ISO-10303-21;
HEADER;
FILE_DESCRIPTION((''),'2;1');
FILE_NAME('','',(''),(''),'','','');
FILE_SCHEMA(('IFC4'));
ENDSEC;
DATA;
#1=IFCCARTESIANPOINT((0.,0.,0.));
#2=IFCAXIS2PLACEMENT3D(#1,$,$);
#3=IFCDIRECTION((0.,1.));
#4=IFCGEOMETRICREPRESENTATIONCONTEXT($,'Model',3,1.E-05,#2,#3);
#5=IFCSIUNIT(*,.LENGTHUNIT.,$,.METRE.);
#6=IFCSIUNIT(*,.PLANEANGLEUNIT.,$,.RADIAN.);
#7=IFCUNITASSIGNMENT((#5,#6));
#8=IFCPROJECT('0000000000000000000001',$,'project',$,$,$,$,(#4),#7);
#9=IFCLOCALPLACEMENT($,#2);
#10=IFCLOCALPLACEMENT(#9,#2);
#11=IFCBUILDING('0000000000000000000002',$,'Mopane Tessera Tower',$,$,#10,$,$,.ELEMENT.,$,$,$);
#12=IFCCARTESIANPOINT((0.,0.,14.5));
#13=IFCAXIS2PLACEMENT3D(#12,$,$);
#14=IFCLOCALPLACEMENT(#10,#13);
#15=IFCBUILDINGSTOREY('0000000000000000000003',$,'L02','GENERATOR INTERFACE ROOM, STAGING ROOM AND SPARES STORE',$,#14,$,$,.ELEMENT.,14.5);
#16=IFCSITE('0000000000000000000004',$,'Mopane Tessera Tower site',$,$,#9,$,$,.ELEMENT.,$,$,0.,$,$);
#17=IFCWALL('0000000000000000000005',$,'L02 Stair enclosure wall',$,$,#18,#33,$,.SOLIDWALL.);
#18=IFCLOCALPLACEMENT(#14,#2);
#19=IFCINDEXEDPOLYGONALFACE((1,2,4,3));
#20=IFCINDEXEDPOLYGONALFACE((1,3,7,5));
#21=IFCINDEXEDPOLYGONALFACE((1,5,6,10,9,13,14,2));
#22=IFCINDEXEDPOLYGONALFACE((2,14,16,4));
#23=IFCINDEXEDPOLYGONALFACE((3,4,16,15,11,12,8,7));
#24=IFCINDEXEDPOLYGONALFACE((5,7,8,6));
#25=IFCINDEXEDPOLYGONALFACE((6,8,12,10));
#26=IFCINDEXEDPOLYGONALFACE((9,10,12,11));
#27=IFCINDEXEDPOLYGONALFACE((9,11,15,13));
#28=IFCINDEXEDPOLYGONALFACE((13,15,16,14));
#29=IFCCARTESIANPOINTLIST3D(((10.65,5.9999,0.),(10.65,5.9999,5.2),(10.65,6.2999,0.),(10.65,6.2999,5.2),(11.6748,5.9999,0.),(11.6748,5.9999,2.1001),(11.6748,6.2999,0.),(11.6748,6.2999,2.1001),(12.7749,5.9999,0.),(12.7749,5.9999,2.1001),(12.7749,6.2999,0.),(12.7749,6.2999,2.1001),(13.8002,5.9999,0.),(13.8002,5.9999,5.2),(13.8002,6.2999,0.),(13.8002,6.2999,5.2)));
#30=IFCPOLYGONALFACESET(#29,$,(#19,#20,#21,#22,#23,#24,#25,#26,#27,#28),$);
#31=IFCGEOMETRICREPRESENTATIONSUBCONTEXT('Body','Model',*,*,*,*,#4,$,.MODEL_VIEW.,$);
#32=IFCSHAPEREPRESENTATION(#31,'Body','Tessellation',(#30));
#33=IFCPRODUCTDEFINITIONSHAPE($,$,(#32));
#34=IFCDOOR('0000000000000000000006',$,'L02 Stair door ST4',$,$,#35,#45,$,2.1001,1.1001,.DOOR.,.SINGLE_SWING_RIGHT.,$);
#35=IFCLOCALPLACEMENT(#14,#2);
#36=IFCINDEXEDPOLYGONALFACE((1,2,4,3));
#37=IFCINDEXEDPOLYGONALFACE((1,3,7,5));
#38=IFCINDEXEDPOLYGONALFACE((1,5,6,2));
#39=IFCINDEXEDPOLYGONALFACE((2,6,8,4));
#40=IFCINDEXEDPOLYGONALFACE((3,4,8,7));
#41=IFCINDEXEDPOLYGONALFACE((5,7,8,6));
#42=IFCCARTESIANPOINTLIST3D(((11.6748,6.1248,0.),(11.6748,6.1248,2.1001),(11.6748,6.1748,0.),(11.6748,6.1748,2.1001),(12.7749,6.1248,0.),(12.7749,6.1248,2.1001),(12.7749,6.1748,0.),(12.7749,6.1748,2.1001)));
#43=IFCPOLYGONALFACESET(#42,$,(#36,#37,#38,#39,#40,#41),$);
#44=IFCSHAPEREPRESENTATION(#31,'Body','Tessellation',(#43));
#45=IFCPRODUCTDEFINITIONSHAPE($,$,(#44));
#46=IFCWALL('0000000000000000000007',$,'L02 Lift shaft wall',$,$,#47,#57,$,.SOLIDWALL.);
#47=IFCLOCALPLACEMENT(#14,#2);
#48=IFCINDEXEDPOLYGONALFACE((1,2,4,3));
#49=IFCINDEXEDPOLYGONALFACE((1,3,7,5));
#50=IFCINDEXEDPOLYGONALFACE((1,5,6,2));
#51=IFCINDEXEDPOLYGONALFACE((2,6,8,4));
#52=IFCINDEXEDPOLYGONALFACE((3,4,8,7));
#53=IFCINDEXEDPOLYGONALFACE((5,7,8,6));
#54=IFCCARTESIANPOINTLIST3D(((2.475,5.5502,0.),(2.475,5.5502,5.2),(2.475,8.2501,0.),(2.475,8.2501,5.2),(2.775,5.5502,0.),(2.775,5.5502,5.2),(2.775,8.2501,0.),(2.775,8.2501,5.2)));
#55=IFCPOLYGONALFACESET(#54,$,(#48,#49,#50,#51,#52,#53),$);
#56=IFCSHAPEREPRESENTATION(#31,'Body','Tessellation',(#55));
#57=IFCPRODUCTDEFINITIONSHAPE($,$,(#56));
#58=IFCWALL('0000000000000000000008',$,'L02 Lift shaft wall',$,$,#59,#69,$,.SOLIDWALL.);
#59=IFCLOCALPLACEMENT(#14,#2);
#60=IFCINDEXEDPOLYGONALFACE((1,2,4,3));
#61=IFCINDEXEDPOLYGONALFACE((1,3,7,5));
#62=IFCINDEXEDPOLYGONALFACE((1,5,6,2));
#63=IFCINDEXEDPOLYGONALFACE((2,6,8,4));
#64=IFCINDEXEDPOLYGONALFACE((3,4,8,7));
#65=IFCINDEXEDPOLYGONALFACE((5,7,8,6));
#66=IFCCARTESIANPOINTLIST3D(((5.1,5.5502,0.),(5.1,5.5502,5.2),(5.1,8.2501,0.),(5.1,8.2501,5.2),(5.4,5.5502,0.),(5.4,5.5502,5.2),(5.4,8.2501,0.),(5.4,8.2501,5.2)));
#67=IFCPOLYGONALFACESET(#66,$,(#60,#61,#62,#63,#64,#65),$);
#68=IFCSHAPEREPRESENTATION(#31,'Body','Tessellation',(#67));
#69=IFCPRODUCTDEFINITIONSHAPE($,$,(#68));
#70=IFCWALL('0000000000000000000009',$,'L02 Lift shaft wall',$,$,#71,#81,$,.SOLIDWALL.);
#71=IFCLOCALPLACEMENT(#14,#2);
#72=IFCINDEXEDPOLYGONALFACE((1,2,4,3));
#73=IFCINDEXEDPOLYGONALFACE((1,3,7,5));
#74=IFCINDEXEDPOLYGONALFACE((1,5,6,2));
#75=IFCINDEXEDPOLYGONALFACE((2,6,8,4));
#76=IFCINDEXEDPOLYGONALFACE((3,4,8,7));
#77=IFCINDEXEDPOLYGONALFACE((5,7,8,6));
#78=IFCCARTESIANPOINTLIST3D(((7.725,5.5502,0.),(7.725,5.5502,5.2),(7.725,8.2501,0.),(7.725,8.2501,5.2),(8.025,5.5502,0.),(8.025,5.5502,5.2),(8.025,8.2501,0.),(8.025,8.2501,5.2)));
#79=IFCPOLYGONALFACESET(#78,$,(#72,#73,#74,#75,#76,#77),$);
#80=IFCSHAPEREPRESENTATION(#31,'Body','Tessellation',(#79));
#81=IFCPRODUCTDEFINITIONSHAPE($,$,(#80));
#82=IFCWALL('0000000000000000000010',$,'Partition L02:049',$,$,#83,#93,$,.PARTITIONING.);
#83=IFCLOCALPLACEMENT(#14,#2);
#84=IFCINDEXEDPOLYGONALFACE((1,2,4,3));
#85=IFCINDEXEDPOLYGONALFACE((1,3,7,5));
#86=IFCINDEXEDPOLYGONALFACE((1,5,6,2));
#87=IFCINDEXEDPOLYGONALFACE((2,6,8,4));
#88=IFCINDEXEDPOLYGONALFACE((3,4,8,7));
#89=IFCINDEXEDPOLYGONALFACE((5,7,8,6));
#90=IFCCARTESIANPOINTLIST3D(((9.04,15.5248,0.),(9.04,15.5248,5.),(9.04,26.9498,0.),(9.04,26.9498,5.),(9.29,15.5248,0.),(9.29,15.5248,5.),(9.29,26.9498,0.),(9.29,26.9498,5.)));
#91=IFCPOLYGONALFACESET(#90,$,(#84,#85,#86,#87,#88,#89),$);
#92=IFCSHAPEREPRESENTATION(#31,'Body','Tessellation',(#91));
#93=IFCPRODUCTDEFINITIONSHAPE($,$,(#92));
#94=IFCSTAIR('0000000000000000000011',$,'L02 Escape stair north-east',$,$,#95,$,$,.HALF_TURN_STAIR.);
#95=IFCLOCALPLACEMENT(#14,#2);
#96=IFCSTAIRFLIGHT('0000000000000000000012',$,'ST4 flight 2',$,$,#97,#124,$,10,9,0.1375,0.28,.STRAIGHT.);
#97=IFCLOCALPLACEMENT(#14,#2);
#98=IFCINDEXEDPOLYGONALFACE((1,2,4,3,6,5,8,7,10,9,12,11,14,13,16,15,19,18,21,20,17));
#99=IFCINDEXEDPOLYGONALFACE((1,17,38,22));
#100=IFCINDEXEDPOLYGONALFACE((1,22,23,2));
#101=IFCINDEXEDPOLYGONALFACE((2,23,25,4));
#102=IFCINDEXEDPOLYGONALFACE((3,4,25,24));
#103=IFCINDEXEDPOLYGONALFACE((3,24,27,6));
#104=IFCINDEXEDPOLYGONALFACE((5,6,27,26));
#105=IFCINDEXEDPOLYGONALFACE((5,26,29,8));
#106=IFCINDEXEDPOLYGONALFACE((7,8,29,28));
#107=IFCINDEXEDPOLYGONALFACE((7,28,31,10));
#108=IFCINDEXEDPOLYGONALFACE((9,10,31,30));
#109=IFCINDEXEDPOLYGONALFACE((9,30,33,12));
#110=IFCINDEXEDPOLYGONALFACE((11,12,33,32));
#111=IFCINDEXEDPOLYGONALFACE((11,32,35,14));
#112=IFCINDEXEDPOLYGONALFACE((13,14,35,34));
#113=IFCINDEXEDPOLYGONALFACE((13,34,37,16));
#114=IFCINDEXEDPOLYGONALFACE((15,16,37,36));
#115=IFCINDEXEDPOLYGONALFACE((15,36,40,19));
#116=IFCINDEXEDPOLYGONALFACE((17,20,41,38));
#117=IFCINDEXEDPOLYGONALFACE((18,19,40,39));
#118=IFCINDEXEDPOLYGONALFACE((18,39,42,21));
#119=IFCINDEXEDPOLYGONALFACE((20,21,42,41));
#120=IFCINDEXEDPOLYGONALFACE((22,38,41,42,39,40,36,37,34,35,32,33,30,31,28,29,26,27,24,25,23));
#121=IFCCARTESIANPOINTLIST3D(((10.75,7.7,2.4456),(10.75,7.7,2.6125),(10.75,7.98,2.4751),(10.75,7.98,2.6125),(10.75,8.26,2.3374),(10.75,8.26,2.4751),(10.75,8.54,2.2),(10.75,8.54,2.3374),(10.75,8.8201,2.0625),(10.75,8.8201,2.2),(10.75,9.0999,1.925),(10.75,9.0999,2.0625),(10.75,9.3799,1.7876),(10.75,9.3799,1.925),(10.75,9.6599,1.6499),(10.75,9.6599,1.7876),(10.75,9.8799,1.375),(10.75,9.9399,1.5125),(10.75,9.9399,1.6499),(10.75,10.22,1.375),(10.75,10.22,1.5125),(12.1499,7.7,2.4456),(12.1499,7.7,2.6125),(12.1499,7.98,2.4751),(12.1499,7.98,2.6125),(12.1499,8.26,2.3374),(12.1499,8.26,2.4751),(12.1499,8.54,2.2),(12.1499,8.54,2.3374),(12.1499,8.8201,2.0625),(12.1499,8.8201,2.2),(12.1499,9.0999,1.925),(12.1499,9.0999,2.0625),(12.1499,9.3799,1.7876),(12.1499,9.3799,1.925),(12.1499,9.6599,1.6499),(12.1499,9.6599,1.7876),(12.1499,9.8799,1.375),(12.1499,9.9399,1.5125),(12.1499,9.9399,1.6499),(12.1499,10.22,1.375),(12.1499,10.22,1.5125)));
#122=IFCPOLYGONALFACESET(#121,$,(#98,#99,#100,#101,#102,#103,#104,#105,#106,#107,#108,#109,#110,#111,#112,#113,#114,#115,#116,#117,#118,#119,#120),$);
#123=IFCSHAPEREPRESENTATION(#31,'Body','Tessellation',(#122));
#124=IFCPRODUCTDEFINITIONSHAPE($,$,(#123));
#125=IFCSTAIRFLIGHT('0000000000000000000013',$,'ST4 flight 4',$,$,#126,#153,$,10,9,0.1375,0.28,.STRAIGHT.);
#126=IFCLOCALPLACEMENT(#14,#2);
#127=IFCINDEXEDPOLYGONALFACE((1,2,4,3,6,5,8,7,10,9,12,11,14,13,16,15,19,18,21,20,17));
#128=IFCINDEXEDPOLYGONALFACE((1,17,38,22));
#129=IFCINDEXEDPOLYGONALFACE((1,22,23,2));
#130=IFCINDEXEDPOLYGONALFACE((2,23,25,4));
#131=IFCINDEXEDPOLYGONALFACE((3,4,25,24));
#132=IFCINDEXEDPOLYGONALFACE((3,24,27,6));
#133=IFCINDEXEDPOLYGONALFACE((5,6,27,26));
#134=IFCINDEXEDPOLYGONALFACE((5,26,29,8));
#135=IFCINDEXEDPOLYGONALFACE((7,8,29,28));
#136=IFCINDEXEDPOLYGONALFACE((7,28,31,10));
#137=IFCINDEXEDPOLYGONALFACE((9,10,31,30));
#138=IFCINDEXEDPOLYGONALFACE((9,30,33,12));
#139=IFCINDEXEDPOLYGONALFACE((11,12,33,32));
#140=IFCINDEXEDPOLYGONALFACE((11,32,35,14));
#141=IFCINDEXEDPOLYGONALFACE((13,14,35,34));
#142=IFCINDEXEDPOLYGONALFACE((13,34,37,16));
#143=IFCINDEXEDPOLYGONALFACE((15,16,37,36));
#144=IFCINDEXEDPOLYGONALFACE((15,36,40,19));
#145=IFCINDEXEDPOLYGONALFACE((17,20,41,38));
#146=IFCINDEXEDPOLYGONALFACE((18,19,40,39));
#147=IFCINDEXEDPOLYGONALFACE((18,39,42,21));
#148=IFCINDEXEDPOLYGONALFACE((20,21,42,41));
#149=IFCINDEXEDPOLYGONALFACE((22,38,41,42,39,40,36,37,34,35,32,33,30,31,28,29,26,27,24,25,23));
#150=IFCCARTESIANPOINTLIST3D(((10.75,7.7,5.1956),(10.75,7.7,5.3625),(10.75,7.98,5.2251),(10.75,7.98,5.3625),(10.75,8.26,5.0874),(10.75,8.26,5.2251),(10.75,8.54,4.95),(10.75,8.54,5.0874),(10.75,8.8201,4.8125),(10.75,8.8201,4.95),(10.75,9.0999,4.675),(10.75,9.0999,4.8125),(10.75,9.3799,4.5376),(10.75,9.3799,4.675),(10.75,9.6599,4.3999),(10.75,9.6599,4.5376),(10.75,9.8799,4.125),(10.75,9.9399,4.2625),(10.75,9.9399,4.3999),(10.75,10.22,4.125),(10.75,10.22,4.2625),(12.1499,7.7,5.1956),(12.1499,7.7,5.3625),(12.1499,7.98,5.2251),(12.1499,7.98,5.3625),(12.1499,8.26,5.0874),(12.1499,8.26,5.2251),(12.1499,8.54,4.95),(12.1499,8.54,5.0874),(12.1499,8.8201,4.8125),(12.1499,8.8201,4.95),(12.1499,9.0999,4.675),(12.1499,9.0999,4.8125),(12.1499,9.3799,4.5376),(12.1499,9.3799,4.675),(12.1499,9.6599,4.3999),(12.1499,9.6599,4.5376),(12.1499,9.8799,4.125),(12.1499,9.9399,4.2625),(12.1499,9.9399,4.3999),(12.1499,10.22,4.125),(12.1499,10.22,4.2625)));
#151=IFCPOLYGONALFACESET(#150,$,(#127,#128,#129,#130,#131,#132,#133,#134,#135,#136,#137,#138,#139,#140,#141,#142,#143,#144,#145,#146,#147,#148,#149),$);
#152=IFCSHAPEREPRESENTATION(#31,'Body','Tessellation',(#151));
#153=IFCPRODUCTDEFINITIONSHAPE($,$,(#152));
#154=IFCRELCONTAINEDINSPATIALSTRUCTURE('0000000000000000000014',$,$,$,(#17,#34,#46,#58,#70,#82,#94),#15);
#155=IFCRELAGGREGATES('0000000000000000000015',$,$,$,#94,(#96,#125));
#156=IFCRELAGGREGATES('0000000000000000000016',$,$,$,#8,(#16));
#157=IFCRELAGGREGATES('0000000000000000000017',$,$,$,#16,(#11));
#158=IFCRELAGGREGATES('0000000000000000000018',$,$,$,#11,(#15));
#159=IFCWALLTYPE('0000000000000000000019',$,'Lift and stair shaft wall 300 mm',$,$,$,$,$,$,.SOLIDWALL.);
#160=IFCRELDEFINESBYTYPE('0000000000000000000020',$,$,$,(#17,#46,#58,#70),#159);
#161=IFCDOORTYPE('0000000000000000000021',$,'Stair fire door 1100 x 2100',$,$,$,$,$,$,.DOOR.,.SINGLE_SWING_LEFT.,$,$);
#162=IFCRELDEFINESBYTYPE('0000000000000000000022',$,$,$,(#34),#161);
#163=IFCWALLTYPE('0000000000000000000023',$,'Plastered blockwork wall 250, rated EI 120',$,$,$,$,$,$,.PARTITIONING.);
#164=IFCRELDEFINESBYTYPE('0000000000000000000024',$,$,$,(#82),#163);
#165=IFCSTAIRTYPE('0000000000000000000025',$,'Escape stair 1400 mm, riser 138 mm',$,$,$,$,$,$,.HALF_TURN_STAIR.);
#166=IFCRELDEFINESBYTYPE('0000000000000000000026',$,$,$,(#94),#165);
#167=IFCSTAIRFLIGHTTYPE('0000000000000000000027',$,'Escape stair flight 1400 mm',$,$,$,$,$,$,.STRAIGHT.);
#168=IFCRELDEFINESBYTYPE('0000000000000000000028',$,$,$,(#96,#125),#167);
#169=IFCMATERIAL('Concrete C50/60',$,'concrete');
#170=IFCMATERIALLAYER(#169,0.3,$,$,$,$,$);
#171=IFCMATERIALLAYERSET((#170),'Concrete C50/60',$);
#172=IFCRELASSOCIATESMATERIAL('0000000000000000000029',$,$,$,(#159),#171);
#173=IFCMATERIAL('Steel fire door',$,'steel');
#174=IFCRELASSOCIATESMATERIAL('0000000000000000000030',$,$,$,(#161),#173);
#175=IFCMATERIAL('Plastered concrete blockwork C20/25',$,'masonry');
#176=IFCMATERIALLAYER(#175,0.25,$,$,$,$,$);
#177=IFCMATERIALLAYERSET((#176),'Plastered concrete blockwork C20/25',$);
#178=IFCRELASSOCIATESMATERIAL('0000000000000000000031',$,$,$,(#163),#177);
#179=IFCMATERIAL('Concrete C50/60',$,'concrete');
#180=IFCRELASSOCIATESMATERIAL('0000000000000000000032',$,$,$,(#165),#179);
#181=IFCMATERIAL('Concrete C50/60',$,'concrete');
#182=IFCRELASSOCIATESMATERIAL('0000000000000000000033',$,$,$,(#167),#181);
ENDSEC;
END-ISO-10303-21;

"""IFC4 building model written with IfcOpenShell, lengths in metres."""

from ifc_helpers import new_model, si_unit, direction, frame, frame_2d, origin, place, context, subcontext, project, spatial, polyline, rectangle, outline, extrude, material, layer, layer_set, type_object, element, fill, aggregate, save


model = new_model("IFC4")

# Units and contexts
model_context = context("Model", 3, precision=1e-05, world=origin(), true_north=direction((0.0, 1.0)))
body_context = subcontext(model_context, "Body", "Model", "MODEL_VIEW")
ifc_project = project(units=[si_unit("LENGTHUNIT", "METRE"), si_unit("PLANEANGLEUNIT", "RADIAN")], contexts=[model_context])

# Site, building, storey
site_placement = place(None, origin())
site = spatial("IfcSite", under=ifc_project, at=site_placement, Name="Mopane Tessera Tower site", CompositionType="ELEMENT", RefElevation=0.0)
building_placement = place(site_placement, origin())
building = spatial("IfcBuilding", under=site, at=building_placement, Name="Mopane Tessera Tower", CompositionType="ELEMENT")
storey_placement = place(building_placement, frame((0.0, 0.0, 14.5)))
storey = spatial("IfcBuildingStorey", under=building, at=storey_placement, Name="L02", Description="GENERATOR INTERFACE ROOM, STAGING ROOM AND SPARES STORE", CompositionType="ELEMENT", Elevation=14.5)

# Wall, opening, door
ifc_material_1 = material(Name="Concrete C50/60", Category="concrete")
ifc_layer_1 = layer(ifc_material_1, 0.3)
ifc_layer_set_1 = layer_set([ifc_layer_1], Name="Concrete C50/60")
wall_type_1 = type_object("IfcWallType", Name="Lift and stair shaft wall 300 mm", PredefinedType="SOLIDWALL", material=ifc_layer_set_1)
wall_1_placement = place(storey_placement, frame((10.6499, 6.1499, 0.0), z_axis=(0.0, 0.0, 1.0), x_axis=(1.0, 0.0, 0.0)))
wall_1 = element("IfcWall", 1, at=wall_1_placement, inside=storey, type_object=wall_type_1, Name="L02 Stair enclosure wall", PredefinedType="SOLIDWALL", context=body_context, shape_type="SweptSolid", body=[
    extrude(rectangle(XDim=3.1501, YDim=0.3, at=frame_2d((1.5752, 0.0))), origin(), (0.0, 0.0, 1.0), 5.2),
])
opening_1_placement = place(wall_1_placement, frame((1.0249, 0.0, 0.0)))
opening_1 = element("IfcOpeningElement", 2, at=opening_1_placement, cuts=wall_1, PredefinedType="OPENING", context=body_context, shape_type="SweptSolid", body=[
    extrude(rectangle(XDim=1.1001, YDim=2.1001, at=frame_2d((0.55, 1.05))), frame((0.0, 0.1621, 0.0), z_axis=(0.0, -1.0, 0.0), x_axis=(1.0, 0.0, 0.0)), (0.0, 0.0, 1.0), 0.324),
])
ifc_material_2 = material(Name="Steel fire door", Category="steel")
door_type_1 = type_object("IfcDoorType", Name="Stair fire door 1100 x 2100", OperationType="SINGLE_SWING_LEFT", PredefinedType="DOOR", material=ifc_material_2)
door_1_placement = place(opening_1_placement, origin())
door_1 = element("IfcDoor", 3, at=door_1_placement, inside=storey, type_object=door_type_1, Name="L02 Stair door ST4", OperationType="SINGLE_SWING_RIGHT", OverallHeight=2.1001, OverallWidth=1.1001, PredefinedType="DOOR", context=body_context, shape_type="SweptSolid", body=[
    extrude(rectangle(XDim=1.1001, YDim=2.1001, at=frame_2d((0.55, 1.05))), frame((0.0, 0.0249, 0.0), z_axis=(0.0, -1.0, 0.0), x_axis=(1.0, 0.0, 0.0)), (0.0, 0.0, 1.0), 0.05),
])
fill(opening_1, door_1)

# Walls
for number, where, z_axis, x_axis, name in (
    (4, (2.625, 5.55, 0.0), (0.0, 0.0, 1.0), (0.0, 1.0, 0.0), "L02 Lift shaft wall"),
    (5, (5.25, 5.55, 0.0), (0.0, 0.0, 1.0), (0.0, 1.0, 0.0), "L02 Lift shaft wall"),
    (6, (7.875, 5.55, 0.0), (0.0, 0.0, 1.0), (0.0, 1.0, 0.0), "L02 Lift shaft wall"),
):
    element("IfcWall", number, at=place(storey_placement, frame(where, z_axis=z_axis, x_axis=x_axis)), inside=storey, type_object=wall_type_1, Name=name, PredefinedType="SOLIDWALL", context=body_context, shape_type="SweptSolid", body=[
        extrude(rectangle(XDim=2.7, YDim=0.3, at=frame_2d((1.3501, 0.0))), origin(), (0.0, 0.0, 1.0), 5.2),
    ])
ifc_material_3 = material(Name="Plastered concrete blockwork C20/25", Category="masonry")
ifc_layer_2 = layer(ifc_material_3, 0.25)
ifc_layer_set_2 = layer_set([ifc_layer_2], Name="Plastered concrete blockwork C20/25")
wall_type_2 = type_object("IfcWallType", Name="Plastered blockwork wall 250, rated EI 120", PredefinedType="PARTITIONING", material=ifc_layer_set_2)
wall_2_placement = place(storey_placement, frame((9.165, 15.5249, 0.0), z_axis=(0.0, 0.0, 1.0), x_axis=(0.0, 1.0, 0.0)))
element("IfcWall", 7, at=wall_2_placement, inside=storey, type_object=wall_type_2, Name="Partition L02:049", PredefinedType="PARTITIONING", context=body_context, shape_type="SweptSolid", body=[
    extrude(rectangle(XDim=11.425, YDim=0.25, at=frame_2d((5.7124, 0.0))), origin(), (0.0, 0.0, 1.0), 5.0),
])

# Stair, stair flights
ifc_material_4 = material(Name="Concrete C50/60", Category="concrete")
stair_type = type_object("IfcStairType", Name="Escape stair 1400 mm, riser 138 mm", PredefinedType="HALF_TURN_STAIR", material=ifc_material_4)
stair_placement = place(storey_placement, origin())
stair = element("IfcStair", 8, at=stair_placement, inside=storey, type_object=stair_type, Name="L02 Escape stair north-east", PredefinedType="HALF_TURN_STAIR")
ifc_material_5 = material(Name="Concrete C50/60", Category="concrete")
stair_flight_type = type_object("IfcStairFlightType", Name="Escape stair flight 1400 mm", PredefinedType="STRAIGHT", material=ifc_material_5)
stair_flight_1_placement = place(storey_placement, frame((11.45, 10.22, 1.375), z_axis=(0.0, 0.0, 1.0), x_axis=(0.0, -1.0, 0.0)))
stair_flight_1 = element("IfcStairFlight", 9, at=stair_flight_1_placement, type_object=stair_flight_type, Name="ST4 flight 2", NumberOfRisers=10, NumberOfTreads=9, PredefinedType="STRAIGHT", RiserHeight=0.1375, TreadLength=0.28, context=body_context, shape_type="SweptSolid", body=[
    extrude(outline(polyline([(0.0, 0.0), (0.0, 0.1375), (0.28, 0.1375), (0.28, 0.2749), (0.5601, 0.2749), (0.5601, 0.4126), (0.8401, 0.4126), (0.8401, 0.55), (1.1201, 0.55), (1.1201, 0.6875), (1.3999, 0.6875), (1.3999, 0.825), (1.6799, 0.825), (1.6799, 0.9624), (1.96, 0.9624), (1.96, 1.1001), (2.24, 1.1001), (2.24, 1.2375), (2.52, 1.2375), (2.52, 1.375), (2.52, 1.0706), (0.3401, 0.0), (0.0, 0.0)])), frame((0.0, 0.7, 0.0), z_axis=(0.0, -1.0, 0.0), x_axis=(1.0, 0.0, 0.0)), (0.0, 0.0, 1.0), 1.3999),
])
stair_flight_2_placement = place(storey_placement, frame((11.45, 10.22, 4.125), z_axis=(0.0, 0.0, 1.0), x_axis=(0.0, -1.0, 0.0)))
stair_flight_2 = element("IfcStairFlight", 10, at=stair_flight_2_placement, type_object=stair_flight_type, Name="ST4 flight 4", NumberOfRisers=10, NumberOfTreads=9, PredefinedType="STRAIGHT", RiserHeight=0.1375, TreadLength=0.28, context=body_context, shape_type="SweptSolid", body=[
    extrude(outline(polyline([(0.0, 0.0), (0.0, 0.1375), (0.28, 0.1375), (0.28, 0.2749), (0.5601, 0.2749), (0.5601, 0.4126), (0.8401, 0.4126), (0.8401, 0.55), (1.1201, 0.55), (1.1201, 0.6875), (1.3999, 0.6875), (1.3999, 0.825), (1.6799, 0.825), (1.6799, 0.9624), (1.96, 0.9624), (1.96, 1.1001), (2.24, 1.1001), (2.24, 1.2375), (2.52, 1.2375), (2.52, 1.375), (2.52, 1.0706), (0.3401, 0.0), (0.0, 0.0)])), frame((0.0, 0.7, 0.0), z_axis=(0.0, -1.0, 0.0), x_axis=(1.0, 0.0, 0.0)), (0.0, 0.0, 1.0), 1.3999),
])
aggregate(stair, [stair_flight_1, stair_flight_2])

save(model, "model.ifc")
